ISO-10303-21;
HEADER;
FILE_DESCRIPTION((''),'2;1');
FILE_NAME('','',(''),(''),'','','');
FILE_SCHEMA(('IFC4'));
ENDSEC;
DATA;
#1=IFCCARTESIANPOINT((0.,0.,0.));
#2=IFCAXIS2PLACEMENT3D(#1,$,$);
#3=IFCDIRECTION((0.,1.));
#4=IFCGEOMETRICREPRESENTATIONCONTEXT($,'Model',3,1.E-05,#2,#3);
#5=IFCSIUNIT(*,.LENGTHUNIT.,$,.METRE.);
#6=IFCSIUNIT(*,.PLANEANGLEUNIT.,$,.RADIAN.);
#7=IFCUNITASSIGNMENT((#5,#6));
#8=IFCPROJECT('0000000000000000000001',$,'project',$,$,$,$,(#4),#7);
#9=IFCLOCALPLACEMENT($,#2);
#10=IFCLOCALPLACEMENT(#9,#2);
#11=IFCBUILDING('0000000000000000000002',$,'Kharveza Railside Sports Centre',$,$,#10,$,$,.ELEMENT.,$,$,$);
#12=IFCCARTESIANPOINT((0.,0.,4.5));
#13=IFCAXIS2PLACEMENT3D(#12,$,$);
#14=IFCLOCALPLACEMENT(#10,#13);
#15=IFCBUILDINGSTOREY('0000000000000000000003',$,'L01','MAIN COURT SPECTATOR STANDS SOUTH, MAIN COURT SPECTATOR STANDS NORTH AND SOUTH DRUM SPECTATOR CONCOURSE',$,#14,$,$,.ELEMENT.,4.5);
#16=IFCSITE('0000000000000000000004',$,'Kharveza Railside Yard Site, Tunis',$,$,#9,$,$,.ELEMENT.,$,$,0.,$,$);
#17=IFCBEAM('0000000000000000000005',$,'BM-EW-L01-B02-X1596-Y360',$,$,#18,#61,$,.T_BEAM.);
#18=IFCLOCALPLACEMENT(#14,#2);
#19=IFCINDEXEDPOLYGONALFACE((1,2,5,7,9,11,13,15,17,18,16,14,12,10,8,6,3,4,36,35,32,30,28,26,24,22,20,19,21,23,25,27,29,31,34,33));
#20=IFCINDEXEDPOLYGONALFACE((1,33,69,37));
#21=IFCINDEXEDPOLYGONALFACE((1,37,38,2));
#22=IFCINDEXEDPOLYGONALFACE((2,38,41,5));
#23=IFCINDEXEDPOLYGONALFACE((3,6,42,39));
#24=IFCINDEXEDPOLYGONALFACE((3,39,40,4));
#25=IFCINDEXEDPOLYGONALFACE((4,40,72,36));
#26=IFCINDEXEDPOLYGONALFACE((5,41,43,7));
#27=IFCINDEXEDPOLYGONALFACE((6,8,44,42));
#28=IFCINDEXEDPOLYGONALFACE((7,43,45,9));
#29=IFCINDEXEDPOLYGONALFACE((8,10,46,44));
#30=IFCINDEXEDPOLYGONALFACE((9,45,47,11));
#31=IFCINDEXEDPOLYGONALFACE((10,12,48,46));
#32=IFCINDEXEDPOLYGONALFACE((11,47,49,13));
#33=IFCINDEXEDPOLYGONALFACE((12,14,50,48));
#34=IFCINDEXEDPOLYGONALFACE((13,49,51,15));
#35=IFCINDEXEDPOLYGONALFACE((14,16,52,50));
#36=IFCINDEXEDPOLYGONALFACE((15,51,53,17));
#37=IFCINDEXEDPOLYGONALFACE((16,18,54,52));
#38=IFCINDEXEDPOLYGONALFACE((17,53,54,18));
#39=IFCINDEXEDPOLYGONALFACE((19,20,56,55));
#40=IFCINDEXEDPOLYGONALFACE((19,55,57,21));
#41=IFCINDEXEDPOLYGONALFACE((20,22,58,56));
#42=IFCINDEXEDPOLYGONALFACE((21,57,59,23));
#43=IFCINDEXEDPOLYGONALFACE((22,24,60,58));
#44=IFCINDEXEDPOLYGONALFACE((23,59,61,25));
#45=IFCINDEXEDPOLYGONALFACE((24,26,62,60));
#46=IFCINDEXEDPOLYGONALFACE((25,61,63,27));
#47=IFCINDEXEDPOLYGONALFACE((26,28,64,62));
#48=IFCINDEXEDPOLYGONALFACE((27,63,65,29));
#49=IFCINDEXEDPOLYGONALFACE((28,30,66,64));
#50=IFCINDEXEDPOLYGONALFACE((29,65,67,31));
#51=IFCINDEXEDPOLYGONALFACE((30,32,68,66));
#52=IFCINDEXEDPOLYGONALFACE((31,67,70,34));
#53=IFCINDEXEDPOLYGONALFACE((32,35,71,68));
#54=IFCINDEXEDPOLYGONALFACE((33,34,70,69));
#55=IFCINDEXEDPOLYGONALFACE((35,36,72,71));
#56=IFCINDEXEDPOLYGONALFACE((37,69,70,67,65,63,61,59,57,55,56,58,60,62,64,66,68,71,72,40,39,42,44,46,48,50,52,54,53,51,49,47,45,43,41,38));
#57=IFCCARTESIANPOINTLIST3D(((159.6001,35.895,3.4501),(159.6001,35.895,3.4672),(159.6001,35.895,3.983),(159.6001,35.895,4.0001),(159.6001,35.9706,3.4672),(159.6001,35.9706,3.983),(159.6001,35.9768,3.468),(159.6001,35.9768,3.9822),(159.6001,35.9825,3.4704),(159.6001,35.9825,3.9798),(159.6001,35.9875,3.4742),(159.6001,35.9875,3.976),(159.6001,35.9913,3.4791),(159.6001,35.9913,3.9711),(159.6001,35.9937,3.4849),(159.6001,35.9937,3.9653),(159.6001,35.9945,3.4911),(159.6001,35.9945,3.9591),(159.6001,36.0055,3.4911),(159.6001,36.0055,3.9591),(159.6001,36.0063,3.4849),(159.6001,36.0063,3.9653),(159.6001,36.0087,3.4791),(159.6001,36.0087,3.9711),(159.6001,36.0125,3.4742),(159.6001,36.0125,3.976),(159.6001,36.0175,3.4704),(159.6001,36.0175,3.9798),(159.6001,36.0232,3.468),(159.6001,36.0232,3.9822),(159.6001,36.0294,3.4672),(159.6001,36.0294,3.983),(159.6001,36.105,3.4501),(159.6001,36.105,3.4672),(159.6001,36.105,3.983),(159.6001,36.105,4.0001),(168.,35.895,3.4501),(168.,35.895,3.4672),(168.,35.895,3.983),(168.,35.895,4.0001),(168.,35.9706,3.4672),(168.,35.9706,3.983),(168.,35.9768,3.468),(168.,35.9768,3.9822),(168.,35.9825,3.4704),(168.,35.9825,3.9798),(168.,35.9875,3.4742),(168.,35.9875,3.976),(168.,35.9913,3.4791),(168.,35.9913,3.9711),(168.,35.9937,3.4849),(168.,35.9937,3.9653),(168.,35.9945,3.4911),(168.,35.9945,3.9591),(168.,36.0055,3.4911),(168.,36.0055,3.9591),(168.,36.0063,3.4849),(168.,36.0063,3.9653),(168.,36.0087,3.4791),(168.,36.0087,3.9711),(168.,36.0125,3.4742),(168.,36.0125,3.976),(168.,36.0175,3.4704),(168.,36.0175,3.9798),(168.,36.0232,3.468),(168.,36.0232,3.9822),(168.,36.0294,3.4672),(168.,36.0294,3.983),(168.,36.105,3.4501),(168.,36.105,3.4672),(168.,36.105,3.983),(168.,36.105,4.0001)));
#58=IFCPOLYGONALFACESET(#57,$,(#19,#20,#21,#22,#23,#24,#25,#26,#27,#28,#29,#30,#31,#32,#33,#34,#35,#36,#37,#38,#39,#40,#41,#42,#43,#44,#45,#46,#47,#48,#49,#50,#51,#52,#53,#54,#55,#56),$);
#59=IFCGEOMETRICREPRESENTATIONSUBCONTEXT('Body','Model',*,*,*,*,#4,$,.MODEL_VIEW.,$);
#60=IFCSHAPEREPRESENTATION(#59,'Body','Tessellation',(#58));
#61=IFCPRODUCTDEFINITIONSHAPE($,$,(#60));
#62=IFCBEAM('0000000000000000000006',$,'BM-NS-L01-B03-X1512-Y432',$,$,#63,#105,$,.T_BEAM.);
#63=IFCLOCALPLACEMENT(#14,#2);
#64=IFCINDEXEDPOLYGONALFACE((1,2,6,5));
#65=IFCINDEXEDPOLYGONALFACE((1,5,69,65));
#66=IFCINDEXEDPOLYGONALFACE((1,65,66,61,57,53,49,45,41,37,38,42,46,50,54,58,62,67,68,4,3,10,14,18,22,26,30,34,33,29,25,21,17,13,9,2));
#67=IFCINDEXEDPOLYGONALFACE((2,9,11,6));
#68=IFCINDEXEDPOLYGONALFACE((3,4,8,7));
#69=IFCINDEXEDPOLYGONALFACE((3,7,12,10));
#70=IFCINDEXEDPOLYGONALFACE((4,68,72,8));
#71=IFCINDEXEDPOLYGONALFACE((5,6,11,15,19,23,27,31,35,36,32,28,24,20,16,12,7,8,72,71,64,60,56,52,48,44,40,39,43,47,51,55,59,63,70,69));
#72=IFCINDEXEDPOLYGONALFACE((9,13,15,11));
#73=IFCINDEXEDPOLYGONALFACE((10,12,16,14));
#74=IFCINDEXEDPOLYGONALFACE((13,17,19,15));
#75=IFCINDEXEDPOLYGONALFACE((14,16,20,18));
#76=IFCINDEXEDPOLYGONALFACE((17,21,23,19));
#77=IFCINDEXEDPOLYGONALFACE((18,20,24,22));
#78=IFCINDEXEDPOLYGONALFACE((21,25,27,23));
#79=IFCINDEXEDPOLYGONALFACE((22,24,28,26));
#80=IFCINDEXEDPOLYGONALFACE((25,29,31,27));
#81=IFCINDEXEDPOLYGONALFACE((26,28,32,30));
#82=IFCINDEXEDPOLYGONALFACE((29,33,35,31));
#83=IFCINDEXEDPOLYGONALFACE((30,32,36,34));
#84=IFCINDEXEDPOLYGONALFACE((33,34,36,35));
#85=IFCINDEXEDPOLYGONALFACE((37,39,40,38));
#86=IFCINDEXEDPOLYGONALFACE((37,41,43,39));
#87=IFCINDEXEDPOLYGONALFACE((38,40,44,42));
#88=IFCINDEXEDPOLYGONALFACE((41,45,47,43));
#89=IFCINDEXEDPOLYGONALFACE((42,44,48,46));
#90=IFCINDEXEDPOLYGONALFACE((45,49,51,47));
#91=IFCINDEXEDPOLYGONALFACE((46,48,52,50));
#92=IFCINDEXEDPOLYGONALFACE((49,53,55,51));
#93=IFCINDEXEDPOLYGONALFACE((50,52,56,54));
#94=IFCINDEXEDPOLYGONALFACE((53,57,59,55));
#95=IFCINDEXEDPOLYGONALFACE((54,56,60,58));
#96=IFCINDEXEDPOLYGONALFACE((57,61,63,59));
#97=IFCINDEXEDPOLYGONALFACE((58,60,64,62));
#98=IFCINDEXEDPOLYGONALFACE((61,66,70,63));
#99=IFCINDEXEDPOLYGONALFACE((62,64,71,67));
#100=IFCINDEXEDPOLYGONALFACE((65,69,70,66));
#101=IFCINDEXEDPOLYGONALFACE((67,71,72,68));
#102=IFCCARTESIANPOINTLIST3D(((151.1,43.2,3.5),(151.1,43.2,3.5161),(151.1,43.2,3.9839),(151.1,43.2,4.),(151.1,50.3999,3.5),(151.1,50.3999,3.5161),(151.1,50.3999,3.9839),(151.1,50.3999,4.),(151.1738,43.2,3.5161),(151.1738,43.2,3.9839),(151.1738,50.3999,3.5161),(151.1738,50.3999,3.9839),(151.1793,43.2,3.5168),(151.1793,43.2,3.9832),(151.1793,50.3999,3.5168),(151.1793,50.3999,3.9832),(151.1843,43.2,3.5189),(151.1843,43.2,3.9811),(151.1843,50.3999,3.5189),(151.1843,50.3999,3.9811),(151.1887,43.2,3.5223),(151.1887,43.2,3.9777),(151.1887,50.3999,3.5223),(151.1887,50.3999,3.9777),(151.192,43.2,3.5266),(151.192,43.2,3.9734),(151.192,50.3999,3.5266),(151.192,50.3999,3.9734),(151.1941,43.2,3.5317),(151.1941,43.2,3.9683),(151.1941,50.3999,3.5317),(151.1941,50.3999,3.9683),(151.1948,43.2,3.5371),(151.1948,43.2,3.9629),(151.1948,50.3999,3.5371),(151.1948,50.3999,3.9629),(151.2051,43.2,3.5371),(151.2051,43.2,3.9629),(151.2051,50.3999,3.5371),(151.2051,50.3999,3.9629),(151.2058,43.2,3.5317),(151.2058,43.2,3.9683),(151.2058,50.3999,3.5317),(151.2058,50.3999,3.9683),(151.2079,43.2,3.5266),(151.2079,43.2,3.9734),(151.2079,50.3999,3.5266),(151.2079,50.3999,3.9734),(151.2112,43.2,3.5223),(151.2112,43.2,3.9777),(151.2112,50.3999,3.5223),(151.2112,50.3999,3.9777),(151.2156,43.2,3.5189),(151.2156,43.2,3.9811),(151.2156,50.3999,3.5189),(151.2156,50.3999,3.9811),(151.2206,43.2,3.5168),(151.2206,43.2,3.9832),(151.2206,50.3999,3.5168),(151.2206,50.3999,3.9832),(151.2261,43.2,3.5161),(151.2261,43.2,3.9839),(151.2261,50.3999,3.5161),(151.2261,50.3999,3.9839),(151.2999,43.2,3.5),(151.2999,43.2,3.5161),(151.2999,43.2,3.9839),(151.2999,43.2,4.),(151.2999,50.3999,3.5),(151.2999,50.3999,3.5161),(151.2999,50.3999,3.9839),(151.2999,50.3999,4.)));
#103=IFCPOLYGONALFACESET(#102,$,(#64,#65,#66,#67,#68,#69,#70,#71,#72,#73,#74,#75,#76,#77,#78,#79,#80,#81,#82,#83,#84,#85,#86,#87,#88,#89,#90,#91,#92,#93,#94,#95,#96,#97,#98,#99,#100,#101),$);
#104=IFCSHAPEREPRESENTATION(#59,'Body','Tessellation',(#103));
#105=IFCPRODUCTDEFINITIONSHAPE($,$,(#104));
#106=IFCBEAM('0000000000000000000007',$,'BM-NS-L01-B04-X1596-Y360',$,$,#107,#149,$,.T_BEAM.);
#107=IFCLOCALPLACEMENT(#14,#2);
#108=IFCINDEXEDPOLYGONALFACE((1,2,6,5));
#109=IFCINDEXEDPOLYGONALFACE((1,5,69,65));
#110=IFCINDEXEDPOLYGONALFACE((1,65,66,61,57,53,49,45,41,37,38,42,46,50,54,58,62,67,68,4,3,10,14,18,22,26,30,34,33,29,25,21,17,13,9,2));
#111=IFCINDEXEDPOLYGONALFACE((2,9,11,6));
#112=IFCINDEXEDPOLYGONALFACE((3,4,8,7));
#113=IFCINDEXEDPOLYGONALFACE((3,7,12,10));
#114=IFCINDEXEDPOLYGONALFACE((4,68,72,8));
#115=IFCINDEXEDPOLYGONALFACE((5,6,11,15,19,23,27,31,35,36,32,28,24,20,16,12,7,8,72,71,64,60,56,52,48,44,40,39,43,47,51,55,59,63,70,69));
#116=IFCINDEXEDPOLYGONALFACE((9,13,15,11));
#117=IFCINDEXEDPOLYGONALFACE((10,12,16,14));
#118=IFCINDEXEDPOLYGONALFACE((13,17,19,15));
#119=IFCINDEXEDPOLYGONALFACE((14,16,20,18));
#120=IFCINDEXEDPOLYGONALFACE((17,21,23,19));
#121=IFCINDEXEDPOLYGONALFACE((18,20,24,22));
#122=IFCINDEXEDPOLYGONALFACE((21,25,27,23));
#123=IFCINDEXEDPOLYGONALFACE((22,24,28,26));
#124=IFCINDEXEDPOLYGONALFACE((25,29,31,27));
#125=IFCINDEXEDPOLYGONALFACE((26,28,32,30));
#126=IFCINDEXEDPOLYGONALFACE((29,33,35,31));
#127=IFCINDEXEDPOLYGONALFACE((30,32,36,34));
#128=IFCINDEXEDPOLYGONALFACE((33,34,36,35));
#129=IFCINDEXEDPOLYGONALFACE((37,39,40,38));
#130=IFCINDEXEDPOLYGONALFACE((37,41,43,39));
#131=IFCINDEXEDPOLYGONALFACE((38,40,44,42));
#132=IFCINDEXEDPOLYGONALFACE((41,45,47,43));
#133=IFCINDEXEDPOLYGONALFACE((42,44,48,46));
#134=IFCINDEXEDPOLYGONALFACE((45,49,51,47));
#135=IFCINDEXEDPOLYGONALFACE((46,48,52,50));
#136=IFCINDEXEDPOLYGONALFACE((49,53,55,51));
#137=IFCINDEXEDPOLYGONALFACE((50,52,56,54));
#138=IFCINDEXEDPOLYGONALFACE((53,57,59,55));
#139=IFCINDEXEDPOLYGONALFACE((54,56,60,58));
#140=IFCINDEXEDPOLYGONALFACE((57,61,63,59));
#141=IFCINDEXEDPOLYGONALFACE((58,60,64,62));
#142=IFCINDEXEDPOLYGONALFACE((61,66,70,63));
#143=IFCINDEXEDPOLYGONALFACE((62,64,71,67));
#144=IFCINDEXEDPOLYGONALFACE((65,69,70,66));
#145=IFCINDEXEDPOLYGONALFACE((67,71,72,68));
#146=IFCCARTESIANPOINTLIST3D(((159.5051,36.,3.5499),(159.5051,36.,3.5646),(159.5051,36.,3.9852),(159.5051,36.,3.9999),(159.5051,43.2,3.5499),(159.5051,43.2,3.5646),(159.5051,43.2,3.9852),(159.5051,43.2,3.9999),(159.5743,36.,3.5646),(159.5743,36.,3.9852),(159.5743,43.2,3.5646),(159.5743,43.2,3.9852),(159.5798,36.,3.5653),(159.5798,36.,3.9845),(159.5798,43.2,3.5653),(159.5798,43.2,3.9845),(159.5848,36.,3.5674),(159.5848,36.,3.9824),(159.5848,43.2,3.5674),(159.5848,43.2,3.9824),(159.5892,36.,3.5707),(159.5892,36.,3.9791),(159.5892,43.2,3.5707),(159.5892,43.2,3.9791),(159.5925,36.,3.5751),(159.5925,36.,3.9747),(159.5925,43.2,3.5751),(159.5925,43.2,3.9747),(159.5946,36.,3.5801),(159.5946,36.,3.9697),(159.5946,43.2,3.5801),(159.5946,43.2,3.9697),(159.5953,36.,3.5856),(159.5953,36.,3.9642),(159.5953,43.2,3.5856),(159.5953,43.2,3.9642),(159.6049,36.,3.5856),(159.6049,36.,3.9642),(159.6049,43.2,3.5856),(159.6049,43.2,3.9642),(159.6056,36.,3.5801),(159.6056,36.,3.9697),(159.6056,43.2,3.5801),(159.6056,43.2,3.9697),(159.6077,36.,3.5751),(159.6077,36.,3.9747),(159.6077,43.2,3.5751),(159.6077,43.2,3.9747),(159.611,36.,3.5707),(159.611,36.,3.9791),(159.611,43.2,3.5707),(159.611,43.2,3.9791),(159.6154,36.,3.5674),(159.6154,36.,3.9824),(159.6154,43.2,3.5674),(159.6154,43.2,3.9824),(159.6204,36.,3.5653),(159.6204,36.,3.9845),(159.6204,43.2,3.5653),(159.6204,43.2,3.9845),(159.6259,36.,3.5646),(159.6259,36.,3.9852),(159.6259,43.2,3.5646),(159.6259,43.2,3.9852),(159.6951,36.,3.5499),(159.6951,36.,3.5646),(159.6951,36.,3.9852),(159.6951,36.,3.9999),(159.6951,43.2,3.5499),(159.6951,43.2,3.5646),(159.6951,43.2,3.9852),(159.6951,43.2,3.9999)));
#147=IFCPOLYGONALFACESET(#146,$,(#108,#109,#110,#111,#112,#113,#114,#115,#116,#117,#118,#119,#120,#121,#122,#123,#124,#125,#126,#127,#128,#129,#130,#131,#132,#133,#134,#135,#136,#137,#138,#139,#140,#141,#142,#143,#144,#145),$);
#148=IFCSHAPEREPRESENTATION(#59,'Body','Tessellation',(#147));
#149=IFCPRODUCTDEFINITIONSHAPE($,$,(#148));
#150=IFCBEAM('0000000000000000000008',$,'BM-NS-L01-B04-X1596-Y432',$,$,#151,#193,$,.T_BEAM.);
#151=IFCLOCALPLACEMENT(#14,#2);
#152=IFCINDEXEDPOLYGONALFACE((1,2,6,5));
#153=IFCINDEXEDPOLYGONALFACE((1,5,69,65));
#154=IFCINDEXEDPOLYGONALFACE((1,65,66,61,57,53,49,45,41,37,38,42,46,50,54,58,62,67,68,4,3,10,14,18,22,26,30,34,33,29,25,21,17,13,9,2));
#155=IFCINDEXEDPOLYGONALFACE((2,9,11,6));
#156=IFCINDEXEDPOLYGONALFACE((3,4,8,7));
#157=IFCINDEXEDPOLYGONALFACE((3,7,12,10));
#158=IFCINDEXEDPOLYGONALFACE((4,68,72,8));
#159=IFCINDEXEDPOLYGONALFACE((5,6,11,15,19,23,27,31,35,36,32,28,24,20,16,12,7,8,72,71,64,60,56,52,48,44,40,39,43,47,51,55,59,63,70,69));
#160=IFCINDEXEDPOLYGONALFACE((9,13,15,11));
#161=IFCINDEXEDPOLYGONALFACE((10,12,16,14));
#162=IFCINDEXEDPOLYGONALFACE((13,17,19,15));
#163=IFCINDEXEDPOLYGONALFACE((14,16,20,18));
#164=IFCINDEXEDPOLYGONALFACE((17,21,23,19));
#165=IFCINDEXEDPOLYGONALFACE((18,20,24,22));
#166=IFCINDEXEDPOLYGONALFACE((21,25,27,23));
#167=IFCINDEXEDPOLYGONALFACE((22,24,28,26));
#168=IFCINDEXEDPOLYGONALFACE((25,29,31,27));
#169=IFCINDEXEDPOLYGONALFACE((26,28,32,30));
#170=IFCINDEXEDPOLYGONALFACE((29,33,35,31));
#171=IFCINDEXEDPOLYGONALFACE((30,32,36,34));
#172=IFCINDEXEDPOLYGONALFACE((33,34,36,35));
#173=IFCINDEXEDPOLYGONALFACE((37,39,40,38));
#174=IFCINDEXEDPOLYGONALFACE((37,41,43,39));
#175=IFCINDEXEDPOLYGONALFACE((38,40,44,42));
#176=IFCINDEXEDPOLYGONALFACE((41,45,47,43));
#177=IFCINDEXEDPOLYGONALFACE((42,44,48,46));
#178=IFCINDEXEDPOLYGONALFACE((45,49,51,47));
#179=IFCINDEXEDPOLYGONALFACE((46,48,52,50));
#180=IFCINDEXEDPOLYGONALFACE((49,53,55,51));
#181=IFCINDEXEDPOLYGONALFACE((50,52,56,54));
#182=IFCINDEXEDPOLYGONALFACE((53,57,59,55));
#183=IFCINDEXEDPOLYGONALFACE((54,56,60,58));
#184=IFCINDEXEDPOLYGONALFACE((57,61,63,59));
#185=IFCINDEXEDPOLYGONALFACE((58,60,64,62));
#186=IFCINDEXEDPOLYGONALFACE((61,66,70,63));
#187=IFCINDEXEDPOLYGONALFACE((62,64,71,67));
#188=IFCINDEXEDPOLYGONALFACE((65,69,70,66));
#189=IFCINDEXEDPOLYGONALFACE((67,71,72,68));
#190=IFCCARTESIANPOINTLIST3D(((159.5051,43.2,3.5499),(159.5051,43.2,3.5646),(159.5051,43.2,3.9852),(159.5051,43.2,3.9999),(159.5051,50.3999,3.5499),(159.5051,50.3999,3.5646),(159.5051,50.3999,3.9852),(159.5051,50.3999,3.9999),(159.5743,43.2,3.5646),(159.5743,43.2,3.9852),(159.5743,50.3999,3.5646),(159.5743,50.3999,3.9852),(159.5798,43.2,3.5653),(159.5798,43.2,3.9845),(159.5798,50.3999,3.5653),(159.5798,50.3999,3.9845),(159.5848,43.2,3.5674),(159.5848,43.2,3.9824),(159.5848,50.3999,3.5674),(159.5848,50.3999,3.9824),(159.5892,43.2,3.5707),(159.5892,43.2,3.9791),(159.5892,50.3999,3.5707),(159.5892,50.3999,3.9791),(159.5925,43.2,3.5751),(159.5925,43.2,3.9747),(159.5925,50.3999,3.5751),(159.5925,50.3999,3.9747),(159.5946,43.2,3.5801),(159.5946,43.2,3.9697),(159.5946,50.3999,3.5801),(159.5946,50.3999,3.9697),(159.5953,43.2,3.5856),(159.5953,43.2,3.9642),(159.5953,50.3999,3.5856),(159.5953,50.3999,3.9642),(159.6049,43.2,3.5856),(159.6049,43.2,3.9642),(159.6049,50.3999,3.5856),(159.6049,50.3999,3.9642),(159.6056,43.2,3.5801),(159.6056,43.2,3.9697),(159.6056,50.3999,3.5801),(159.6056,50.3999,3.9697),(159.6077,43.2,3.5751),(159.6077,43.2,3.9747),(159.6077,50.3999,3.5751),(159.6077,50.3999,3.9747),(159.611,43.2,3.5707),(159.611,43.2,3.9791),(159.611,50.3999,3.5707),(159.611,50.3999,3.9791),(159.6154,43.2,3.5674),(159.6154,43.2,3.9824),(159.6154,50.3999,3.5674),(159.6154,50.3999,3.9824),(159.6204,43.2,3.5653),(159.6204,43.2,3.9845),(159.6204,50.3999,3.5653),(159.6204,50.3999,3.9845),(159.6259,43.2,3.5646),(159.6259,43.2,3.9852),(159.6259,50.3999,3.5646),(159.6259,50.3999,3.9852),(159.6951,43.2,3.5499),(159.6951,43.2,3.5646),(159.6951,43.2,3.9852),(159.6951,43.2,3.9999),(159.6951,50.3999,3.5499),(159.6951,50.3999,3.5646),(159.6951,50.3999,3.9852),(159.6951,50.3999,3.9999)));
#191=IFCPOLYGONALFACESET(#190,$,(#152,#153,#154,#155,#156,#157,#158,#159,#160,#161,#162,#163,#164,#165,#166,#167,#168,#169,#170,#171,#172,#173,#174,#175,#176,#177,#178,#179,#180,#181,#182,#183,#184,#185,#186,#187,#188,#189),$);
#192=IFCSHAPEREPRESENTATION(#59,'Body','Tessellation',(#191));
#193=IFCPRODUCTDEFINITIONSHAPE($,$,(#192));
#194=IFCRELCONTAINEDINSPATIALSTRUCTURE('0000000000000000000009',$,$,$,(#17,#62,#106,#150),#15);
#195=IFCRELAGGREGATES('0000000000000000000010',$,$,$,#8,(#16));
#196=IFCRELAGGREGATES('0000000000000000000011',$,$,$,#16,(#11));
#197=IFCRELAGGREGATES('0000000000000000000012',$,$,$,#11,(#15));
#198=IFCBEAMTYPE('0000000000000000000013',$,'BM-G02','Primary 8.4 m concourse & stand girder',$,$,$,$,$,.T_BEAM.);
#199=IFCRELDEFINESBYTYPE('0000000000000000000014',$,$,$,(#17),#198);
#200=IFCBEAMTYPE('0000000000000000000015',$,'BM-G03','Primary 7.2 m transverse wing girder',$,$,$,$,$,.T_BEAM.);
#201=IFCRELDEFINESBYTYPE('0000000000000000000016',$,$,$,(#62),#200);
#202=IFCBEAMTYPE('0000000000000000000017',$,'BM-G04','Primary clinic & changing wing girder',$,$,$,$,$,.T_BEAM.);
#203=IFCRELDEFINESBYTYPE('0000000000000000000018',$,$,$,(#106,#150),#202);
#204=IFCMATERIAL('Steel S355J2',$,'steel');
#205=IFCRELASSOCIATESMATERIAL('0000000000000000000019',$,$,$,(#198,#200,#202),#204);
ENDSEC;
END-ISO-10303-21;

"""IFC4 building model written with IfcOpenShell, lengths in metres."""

from ifc_helpers import new_model, si_unit, direction, frame, origin, origin_2d, place, context, subcontext, project, spatial, i_section, extrude, material, material_profile, profile_set, type_object, element, save


model = new_model("IFC4")

# Units and contexts
model_context = context("Model", 3, precision=1e-05, world=origin(), true_north=direction((0.0, 1.0)))
body_context = subcontext(model_context, "Body", "Model", "MODEL_VIEW")
ifc_project = project(units=[si_unit("LENGTHUNIT", "METRE"), si_unit("PLANEANGLEUNIT", "RADIAN")], contexts=[model_context])

# Site, building, storey
site_placement = place(None, origin())
site = spatial("IfcSite", under=ifc_project, at=site_placement, Name="Kharveza Railside Yard Site, Tunis", CompositionType="ELEMENT", RefElevation=0.0)
building_placement = place(site_placement, origin())
building = spatial("IfcBuilding", under=site, at=building_placement, Name="Kharveza Railside Sports Centre", CompositionType="ELEMENT")
storey_placement = place(building_placement, frame((0.0, 0.0, 4.5)))
storey = spatial("IfcBuildingStorey", under=building, at=storey_placement, Name="L01", Description="MAIN COURT SPECTATOR STANDS SOUTH, MAIN COURT SPECTATOR STANDS NORTH AND SOUTH DRUM SPECTATOR CONCOURSE", CompositionType="ELEMENT", Elevation=4.5)

# Shared definitions
ifc_material_1 = material(Name="Steel S355J2", Category="steel")

# Beams
ifc_material_profile_1 = material_profile(ifc_material_1, i_section(OverallWidth=0.21, OverallDepth=0.55, WebThickness=0.011, FlangeThickness=0.0171, FilletRadius=0.0239, at=origin_2d()), Name="IPE 550")
ifc_profile_set_1 = profile_set([ifc_material_profile_1], Name="Steel S355J2")
beam_type_1 = type_object("IfcBeamType", Name="BM-G02", Description="Primary 8.4 m concourse & stand girder", PredefinedType="T_BEAM", material=ifc_profile_set_1)
beam_1_placement = place(storey_placement, frame((159.6001, 36.0, 3.7251), z_axis=(1.0, 0.0, 0.0), x_axis=(0.0, 1.0, 0.0)))
element("IfcBeam", 1, at=beam_1_placement, inside=storey, type_object=beam_type_1, Name="BM-EW-L01-B02-X1596-Y360", PredefinedType="T_BEAM", context=body_context, shape_type="SweptSolid", body=[
    extrude(i_section(OverallWidth=0.21, OverallDepth=0.55, WebThickness=0.011, FlangeThickness=0.0171, FilletRadius=0.0239, at=origin_2d()), origin(), (0.0, 0.0, 1.0), 8.3999),
])
ifc_material_profile_2 = material_profile(ifc_material_1, i_section(OverallWidth=0.2, OverallDepth=0.5, WebThickness=0.0103, FlangeThickness=0.0161, FilletRadius=0.021, at=origin_2d()), Name="IPE 500")
ifc_profile_set_2 = profile_set([ifc_material_profile_2], Name="Steel S355J2")
beam_type_2 = type_object("IfcBeamType", Name="BM-G03", Description="Primary 7.2 m transverse wing girder", PredefinedType="T_BEAM", material=ifc_profile_set_2)
beam_2_placement = place(storey_placement, frame((151.2, 43.2, 3.75), z_axis=(0.0, 1.0, 0.0), x_axis=(-1.0, 0.0, 0.0)))
element("IfcBeam", 2, at=beam_2_placement, inside=storey, type_object=beam_type_2, Name="BM-NS-L01-B03-X1512-Y432", PredefinedType="T_BEAM", context=body_context, shape_type="SweptSolid", body=[
    extrude(i_section(OverallWidth=0.2, OverallDepth=0.5, WebThickness=0.0103, FlangeThickness=0.0161, FilletRadius=0.021, at=origin_2d()), origin(), (0.0, 0.0, 1.0), 7.2),
])
ifc_material_profile_3 = material_profile(ifc_material_1, i_section(OverallWidth=0.1899, OverallDepth=0.45, WebThickness=0.0095, FlangeThickness=0.0146, FilletRadius=0.021, at=origin_2d()), Name="IPE 450")
ifc_profile_set_3 = profile_set([ifc_material_profile_3], Name="Steel S355J2")
beam_type_3 = type_object("IfcBeamType", Name="BM-G04", Description="Primary clinic & changing wing girder", PredefinedType="T_BEAM", material=ifc_profile_set_3)
for number, where, z_axis, x_axis, name in (
    (3, (159.6001, 36.0, 3.7749), (0.0, 1.0, 0.0), (-1.0, 0.0, 0.0), "BM-NS-L01-B04-X1596-Y360"),
    (4, (159.6001, 43.2, 3.7749), (0.0, 1.0, 0.0), (-1.0, 0.0, 0.0), "BM-NS-L01-B04-X1596-Y432"),
):
    element("IfcBeam", number, at=place(storey_placement, frame(where, z_axis=z_axis, x_axis=x_axis)), inside=storey, type_object=beam_type_3, Name=name, PredefinedType="T_BEAM", context=body_context, shape_type="SweptSolid", body=[
        extrude(i_section(OverallWidth=0.1899, OverallDepth=0.45, WebThickness=0.0095, FlangeThickness=0.0146, FilletRadius=0.021, at=origin_2d()), origin(), (0.0, 0.0, 1.0), 7.2),
    ])

save(model, "model.ifc")
